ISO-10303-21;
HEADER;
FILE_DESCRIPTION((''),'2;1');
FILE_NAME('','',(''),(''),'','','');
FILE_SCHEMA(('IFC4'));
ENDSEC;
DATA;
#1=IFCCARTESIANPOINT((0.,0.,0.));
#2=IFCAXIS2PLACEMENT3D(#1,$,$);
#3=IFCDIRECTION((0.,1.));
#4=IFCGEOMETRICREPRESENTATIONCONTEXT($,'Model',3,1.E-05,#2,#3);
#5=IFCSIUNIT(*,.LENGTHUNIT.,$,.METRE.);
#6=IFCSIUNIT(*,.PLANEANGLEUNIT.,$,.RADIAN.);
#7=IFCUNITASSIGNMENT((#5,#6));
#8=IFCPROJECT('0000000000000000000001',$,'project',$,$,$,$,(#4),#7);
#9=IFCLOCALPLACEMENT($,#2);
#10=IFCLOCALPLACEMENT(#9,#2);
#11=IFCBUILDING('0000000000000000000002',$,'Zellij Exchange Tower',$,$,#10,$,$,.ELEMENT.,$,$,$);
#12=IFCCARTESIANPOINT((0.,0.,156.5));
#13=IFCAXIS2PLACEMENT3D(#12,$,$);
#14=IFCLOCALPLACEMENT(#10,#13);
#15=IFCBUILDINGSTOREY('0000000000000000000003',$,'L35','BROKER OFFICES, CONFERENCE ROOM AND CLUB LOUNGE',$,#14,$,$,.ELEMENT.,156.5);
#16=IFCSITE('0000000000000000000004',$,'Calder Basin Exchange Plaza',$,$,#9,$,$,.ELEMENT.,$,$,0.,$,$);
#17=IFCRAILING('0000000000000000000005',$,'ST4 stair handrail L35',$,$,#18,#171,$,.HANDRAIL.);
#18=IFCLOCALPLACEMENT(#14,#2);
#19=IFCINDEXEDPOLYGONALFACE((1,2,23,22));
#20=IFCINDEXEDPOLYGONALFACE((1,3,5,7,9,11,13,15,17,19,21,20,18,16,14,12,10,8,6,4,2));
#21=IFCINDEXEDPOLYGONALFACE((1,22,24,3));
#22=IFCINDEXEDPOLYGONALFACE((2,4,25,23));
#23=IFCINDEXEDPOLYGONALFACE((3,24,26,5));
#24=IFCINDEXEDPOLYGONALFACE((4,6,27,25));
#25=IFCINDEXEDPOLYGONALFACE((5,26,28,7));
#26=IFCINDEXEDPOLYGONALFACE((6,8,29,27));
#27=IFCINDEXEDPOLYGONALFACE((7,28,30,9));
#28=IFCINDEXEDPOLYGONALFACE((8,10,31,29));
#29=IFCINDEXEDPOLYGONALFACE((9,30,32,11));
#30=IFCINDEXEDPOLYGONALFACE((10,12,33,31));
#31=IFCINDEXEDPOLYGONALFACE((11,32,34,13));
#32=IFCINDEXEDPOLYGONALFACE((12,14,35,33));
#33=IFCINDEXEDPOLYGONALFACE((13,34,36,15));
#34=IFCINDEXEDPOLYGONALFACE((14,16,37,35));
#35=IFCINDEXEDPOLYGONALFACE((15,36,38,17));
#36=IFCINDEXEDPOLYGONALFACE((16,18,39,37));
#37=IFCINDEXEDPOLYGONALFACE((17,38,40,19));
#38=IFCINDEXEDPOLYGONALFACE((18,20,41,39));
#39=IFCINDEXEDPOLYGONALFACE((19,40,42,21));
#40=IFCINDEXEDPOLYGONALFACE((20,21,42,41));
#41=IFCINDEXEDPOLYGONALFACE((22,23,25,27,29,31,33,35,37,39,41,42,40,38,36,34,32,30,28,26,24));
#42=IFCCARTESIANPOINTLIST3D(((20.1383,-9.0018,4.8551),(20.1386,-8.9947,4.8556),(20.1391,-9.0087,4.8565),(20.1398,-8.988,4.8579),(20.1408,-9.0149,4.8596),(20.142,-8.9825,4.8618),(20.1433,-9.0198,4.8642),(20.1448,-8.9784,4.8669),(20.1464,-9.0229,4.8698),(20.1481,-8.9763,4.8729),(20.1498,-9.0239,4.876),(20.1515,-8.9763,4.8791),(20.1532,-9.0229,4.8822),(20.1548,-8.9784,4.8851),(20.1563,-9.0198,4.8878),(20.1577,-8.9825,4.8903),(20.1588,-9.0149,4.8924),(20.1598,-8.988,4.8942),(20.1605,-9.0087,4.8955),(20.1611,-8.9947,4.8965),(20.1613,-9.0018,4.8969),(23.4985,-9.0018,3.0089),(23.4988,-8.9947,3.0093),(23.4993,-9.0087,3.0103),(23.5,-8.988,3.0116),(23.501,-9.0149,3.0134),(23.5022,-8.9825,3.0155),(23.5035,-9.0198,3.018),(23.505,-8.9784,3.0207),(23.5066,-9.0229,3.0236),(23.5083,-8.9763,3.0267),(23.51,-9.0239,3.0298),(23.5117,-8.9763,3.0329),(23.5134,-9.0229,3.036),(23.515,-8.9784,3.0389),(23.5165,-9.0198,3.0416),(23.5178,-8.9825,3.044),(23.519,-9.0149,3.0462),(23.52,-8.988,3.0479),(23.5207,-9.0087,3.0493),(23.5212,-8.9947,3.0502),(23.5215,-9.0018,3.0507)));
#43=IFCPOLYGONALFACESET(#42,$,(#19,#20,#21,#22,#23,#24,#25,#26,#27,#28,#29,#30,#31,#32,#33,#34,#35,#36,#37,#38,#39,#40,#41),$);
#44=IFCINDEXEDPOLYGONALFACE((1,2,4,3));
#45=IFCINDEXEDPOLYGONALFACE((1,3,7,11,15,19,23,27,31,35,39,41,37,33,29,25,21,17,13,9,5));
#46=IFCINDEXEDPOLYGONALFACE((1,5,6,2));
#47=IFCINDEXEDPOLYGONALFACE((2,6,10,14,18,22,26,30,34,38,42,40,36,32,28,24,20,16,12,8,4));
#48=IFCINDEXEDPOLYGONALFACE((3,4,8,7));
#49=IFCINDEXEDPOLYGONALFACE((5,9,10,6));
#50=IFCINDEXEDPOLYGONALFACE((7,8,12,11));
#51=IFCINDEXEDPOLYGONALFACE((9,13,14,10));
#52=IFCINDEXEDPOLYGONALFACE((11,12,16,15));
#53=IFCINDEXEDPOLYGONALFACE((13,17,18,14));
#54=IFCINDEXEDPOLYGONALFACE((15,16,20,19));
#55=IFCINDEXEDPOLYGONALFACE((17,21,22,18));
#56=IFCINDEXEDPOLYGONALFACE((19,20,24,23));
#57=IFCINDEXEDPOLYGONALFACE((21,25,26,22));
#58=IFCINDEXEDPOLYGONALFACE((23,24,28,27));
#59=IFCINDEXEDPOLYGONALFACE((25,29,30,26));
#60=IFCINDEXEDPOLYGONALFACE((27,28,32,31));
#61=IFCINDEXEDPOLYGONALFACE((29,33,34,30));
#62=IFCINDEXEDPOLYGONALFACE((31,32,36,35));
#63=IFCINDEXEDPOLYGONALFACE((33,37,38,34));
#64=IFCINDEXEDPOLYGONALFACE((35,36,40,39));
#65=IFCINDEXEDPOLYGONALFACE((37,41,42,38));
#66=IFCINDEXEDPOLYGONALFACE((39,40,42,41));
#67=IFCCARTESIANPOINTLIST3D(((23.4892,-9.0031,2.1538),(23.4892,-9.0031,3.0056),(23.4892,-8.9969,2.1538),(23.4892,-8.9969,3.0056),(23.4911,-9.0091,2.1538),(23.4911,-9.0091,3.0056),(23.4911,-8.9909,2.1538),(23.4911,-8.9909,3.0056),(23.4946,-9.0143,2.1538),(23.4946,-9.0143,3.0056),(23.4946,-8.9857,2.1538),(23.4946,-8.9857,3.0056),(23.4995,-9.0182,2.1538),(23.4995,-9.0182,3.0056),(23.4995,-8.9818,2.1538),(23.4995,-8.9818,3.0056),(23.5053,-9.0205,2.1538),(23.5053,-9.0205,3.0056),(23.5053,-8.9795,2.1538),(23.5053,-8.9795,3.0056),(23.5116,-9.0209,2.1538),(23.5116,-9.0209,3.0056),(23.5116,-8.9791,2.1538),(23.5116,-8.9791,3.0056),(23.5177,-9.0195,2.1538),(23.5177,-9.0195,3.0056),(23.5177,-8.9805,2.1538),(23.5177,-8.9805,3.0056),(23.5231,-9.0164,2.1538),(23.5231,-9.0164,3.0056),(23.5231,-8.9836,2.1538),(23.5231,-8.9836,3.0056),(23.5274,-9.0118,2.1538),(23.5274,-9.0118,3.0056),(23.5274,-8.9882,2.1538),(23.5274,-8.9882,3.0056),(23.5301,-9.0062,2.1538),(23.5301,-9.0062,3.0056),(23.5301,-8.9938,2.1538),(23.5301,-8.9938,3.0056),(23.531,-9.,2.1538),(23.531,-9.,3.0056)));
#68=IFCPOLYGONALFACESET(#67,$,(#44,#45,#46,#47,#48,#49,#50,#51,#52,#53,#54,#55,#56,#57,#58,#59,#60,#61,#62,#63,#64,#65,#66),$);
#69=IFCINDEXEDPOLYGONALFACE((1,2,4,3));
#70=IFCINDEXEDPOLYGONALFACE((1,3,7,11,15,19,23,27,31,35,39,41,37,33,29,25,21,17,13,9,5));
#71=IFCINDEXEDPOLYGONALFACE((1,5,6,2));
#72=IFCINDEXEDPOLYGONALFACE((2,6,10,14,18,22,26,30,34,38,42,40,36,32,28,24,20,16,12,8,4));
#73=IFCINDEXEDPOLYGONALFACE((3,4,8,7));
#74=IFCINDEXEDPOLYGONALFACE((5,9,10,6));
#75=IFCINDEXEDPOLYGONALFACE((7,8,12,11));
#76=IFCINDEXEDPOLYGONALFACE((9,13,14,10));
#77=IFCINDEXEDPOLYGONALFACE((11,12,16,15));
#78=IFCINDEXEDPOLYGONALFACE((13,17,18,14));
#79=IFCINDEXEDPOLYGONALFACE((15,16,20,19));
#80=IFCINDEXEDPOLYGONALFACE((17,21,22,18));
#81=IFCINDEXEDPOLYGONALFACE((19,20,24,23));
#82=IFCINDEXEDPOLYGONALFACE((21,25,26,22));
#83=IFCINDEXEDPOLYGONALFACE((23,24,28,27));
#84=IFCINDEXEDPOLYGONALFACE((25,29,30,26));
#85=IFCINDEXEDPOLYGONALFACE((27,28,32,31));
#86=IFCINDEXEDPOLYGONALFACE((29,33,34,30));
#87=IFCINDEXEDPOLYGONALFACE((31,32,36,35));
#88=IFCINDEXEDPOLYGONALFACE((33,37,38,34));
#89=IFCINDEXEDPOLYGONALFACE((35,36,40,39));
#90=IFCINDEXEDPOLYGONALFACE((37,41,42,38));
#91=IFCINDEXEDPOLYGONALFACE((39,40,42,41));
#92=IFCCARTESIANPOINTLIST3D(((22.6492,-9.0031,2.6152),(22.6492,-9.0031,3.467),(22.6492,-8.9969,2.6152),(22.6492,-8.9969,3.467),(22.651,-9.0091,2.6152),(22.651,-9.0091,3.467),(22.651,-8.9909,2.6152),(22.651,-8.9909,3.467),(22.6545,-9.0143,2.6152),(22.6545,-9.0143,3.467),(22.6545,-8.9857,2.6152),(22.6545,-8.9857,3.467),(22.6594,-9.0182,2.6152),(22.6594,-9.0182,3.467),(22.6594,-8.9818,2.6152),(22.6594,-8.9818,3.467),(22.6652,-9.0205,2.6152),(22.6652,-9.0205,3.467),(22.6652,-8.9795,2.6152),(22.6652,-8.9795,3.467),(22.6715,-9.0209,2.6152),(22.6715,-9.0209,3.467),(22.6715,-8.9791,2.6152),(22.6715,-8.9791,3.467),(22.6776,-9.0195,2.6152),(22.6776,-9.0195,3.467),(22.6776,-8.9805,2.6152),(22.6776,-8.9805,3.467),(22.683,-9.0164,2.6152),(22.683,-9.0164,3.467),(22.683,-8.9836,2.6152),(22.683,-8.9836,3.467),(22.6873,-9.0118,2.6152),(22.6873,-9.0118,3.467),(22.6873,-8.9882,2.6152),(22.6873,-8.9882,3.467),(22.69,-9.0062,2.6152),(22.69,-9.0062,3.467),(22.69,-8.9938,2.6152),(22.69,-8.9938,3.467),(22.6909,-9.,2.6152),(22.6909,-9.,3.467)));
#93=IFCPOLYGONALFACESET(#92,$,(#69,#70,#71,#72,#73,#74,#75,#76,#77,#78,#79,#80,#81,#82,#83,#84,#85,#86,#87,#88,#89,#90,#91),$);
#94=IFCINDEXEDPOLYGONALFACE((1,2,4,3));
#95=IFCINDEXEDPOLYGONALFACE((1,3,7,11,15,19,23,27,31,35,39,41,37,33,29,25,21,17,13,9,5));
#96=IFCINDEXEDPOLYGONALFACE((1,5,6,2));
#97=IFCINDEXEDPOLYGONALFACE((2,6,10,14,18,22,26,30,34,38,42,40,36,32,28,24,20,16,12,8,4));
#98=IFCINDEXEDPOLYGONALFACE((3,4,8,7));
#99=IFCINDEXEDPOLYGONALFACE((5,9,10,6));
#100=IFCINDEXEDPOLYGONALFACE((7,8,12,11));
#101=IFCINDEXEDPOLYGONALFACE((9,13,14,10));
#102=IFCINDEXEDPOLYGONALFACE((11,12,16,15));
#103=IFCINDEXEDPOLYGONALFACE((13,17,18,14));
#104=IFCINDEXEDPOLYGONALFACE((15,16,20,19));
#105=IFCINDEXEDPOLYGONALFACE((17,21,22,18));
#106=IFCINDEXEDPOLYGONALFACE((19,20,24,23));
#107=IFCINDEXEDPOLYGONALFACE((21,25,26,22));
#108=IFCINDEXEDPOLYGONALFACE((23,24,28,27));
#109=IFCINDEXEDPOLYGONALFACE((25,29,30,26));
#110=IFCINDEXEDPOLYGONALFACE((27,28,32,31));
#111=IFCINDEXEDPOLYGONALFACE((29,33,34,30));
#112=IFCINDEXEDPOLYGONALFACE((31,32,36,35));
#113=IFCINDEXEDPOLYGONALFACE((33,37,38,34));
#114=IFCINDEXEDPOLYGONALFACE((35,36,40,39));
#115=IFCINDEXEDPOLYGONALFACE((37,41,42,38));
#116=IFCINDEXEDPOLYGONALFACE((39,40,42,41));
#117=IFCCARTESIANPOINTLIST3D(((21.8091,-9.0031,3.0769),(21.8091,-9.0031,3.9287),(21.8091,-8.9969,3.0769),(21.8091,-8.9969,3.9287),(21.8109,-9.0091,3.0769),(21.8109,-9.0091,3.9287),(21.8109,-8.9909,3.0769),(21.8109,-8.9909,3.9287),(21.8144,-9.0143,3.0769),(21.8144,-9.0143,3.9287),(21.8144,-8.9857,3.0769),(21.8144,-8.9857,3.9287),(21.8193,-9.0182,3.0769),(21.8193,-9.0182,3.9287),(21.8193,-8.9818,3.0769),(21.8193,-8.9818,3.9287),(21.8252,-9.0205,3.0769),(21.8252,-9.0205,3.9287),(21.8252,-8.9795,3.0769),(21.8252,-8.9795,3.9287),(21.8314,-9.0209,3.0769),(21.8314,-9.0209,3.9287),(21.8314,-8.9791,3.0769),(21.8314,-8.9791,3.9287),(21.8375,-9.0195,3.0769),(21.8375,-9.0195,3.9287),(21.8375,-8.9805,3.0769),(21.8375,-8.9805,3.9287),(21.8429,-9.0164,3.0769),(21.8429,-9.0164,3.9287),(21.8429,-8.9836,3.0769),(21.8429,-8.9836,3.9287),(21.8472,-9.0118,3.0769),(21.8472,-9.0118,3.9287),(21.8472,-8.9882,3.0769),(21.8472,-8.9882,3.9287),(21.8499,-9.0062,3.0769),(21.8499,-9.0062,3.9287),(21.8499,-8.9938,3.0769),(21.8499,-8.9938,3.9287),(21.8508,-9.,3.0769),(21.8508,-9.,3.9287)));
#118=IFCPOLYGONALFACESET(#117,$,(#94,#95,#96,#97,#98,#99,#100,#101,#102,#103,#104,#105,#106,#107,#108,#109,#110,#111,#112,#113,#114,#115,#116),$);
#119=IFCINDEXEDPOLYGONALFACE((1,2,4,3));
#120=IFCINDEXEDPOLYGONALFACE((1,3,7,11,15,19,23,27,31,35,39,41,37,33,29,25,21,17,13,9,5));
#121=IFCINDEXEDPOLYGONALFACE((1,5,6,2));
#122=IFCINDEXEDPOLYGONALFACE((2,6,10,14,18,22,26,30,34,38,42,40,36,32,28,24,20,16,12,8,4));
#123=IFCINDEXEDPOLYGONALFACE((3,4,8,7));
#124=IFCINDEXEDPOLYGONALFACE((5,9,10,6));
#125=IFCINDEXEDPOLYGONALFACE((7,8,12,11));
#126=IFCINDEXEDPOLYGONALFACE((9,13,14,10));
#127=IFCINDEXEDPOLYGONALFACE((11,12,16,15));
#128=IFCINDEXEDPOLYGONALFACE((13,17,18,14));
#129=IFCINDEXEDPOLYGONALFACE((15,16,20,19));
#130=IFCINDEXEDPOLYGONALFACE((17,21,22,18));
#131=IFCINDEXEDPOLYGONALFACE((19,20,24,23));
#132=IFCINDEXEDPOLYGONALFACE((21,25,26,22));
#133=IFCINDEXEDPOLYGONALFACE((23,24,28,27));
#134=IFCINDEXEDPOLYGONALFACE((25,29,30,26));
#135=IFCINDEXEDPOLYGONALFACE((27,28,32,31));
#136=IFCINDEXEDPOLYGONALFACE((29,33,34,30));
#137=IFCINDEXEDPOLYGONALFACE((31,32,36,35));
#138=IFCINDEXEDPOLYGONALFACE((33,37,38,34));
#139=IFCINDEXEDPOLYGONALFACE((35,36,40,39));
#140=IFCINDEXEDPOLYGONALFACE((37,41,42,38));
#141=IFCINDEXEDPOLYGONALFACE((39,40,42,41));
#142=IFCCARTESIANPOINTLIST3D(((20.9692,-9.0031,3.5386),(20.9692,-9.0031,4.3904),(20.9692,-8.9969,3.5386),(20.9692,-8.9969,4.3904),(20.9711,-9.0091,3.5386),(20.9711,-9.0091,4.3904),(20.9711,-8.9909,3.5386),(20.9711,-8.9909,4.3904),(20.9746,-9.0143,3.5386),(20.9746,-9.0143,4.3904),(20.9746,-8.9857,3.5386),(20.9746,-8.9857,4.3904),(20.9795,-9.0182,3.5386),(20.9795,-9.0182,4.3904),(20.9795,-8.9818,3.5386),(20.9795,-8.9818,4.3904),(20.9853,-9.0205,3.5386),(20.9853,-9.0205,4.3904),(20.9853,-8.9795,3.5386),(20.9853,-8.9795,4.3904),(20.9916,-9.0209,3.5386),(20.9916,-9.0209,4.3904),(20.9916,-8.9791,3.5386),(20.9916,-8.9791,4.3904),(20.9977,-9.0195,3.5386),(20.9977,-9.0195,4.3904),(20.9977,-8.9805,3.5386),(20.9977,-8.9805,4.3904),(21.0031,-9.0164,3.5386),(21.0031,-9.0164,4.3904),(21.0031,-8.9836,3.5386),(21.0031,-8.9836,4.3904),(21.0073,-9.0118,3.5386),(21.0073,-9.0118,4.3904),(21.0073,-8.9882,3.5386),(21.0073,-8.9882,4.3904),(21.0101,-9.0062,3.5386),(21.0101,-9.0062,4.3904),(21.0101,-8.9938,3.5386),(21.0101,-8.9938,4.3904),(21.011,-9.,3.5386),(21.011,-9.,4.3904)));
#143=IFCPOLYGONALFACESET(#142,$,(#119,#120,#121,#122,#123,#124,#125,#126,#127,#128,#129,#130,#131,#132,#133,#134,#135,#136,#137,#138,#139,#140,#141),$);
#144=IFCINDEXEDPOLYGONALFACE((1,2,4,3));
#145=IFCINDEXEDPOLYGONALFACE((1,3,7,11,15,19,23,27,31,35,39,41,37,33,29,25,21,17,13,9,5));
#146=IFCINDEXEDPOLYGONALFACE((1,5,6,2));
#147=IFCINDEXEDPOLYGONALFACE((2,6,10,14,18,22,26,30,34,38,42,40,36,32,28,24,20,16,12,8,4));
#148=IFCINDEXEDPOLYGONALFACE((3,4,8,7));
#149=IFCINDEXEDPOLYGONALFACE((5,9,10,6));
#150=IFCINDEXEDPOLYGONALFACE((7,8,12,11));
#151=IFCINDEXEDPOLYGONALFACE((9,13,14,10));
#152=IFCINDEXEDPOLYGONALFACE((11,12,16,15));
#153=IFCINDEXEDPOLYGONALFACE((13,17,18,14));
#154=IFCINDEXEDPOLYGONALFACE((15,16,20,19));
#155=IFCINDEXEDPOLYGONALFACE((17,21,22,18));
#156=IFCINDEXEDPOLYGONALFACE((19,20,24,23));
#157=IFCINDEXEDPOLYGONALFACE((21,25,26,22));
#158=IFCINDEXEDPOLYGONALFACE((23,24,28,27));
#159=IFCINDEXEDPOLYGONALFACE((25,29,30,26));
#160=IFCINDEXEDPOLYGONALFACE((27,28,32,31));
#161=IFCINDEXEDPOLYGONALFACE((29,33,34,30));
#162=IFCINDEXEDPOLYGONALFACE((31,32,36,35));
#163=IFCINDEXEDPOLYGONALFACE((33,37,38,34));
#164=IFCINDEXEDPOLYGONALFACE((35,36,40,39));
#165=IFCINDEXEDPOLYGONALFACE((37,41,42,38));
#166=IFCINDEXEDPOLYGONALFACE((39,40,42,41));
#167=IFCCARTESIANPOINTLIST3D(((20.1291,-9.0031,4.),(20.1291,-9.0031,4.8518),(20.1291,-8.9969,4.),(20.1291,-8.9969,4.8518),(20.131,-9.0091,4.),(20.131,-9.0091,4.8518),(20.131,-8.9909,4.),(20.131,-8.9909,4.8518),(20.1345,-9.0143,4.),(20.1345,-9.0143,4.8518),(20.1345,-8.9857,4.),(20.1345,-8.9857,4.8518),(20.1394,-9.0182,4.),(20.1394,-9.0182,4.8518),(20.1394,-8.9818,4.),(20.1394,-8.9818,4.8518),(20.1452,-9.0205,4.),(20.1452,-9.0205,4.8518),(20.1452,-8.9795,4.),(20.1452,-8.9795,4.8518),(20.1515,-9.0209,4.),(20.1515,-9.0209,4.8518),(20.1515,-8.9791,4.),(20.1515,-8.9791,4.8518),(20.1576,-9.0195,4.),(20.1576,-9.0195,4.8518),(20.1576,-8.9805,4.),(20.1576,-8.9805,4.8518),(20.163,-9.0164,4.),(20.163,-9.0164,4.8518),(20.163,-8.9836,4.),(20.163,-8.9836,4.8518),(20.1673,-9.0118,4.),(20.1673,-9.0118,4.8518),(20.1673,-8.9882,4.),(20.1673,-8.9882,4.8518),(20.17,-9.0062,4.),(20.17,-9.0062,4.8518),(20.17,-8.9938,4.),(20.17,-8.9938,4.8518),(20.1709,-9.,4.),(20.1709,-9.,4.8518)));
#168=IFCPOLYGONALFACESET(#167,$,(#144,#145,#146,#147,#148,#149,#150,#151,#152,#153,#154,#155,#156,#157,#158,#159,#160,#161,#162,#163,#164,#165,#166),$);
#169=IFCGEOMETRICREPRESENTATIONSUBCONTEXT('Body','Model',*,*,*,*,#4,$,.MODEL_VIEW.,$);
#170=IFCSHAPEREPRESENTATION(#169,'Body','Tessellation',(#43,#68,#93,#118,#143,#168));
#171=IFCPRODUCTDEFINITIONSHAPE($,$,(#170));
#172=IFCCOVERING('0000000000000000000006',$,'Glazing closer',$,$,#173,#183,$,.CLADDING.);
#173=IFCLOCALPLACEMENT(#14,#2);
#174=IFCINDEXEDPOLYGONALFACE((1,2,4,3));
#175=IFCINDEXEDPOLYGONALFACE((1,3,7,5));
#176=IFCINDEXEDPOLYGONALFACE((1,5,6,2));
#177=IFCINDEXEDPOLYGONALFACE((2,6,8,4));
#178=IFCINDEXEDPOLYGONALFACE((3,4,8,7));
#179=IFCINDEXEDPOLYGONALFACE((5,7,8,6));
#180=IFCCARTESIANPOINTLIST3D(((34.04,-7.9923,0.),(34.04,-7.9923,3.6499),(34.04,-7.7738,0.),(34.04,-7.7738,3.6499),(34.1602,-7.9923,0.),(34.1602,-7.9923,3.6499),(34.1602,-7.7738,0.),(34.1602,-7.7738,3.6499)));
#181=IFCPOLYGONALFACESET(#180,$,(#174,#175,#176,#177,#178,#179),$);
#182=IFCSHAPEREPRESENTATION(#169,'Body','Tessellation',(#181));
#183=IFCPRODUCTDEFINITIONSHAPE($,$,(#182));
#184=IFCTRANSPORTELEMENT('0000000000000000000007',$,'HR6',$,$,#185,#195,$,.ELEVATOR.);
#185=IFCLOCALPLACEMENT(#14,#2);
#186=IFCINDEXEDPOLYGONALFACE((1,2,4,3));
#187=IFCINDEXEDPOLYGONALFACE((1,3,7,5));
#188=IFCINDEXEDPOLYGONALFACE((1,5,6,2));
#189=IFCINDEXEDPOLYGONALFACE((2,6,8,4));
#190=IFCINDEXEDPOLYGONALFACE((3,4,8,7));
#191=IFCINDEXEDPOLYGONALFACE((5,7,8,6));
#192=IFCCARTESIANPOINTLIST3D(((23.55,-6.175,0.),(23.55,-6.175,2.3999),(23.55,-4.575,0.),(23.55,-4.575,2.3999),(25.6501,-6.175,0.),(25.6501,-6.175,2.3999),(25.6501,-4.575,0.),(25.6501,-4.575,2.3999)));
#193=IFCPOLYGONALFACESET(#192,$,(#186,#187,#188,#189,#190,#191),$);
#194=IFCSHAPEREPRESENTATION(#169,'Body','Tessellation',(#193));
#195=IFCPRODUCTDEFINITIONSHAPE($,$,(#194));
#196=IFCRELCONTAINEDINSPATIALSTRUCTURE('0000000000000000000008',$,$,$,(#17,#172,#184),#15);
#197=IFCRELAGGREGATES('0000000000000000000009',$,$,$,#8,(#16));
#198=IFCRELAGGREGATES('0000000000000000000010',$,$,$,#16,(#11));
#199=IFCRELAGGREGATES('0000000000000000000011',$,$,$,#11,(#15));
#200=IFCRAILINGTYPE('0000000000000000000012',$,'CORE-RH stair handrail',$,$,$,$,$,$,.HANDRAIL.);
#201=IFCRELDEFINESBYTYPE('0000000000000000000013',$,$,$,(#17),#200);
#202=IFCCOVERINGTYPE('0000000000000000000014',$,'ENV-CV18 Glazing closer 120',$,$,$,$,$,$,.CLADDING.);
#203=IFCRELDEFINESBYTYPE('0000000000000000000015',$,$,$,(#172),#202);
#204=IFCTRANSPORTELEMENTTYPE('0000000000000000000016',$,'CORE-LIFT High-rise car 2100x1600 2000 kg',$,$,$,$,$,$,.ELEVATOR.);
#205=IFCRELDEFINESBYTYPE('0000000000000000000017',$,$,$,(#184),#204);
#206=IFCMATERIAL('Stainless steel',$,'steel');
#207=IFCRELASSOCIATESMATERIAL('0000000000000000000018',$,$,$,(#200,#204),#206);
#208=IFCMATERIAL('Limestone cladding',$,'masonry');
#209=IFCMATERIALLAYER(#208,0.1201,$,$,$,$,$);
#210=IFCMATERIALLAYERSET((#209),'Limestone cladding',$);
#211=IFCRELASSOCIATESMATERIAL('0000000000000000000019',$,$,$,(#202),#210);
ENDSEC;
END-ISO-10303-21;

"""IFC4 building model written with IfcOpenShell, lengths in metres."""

from ifc_helpers import new_model, si_unit, direction, frame, origin, origin_2d, place, context, subcontext, project, spatial, rectangle, circle, extrude, material, layer, layer_set, type_object, element, save


model = new_model("IFC4")

# Units and contexts
model_context = context("Model", 3, precision=1e-05, world=origin(), true_north=direction((0.0, 1.0)))
body_context = subcontext(model_context, "Body", "Model", "MODEL_VIEW")
ifc_project = project(units=[si_unit("LENGTHUNIT", "METRE"), si_unit("PLANEANGLEUNIT", "RADIAN")], contexts=[model_context])

# Site, building, storey
site_placement = place(None, origin())
site = spatial("IfcSite", under=ifc_project, at=site_placement, Name="Calder Basin Exchange Plaza", CompositionType="ELEMENT", RefElevation=0.0)
building_placement = place(site_placement, origin())
building = spatial("IfcBuilding", under=site, at=building_placement, Name="Zellij Exchange Tower", CompositionType="ELEMENT")
storey_placement = place(building_placement, frame((0.0, 0.0, 156.5)))
storey = spatial("IfcBuildingStorey", under=building, at=storey_placement, Name="L35", Description="BROKER OFFICES, CONFERENCE ROOM AND CLUB LOUNGE", CompositionType="ELEMENT", Elevation=156.5)

# Railing
ifc_material_1 = material(Name="Stainless steel", Category="steel")
railing_type = type_object("IfcRailingType", Name="CORE-RH stair handrail", PredefinedType="HANDRAIL", material=ifc_material_1)
railing_placement = place(storey_placement, frame((23.51, -9.0, 2.1538)))
element("IfcRailing", 1, at=railing_placement, inside=storey, type_object=railing_type, Name="ST4 stair handrail L35", PredefinedType="HANDRAIL", context=body_context, shape_type="SweptSolid", body=[
    extrude(circle(Radius=0.0239, at=origin_2d()), frame((0.0, 0.0, 0.876), z_axis=(-0.876422, 0.0, 0.481545), x_axis=(0.0, -1.0, 0.0)), (0.0, 0.0, 1.0), 3.834),
    extrude(circle(Radius=0.021, at=origin_2d()), origin(), (0.0, 0.0, 1.0), 0.8518),
    extrude(circle(Radius=0.021, at=origin_2d()), frame((-0.8401, 0.0, 0.4614)), (0.0, 0.0, 1.0), 0.8518),
    extrude(circle(Radius=0.021, at=origin_2d()), frame((-1.6802, 0.0, 0.9231)), (0.0, 0.0, 1.0), 0.8518),
    extrude(circle(Radius=0.021, at=origin_2d()), frame((-2.52, 0.0, 1.3848)), (0.0, 0.0, 1.0), 0.8518),
    extrude(circle(Radius=0.021, at=origin_2d()), frame((-3.3601, 0.0, 1.8462)), (0.0, 0.0, 1.0), 0.8518),
])

# Covering
ifc_material_2 = material(Name="Limestone cladding", Category="masonry")
ifc_layer_1 = layer(ifc_material_2, 0.1201)
ifc_layer_set_1 = layer_set([ifc_layer_1], Name="Limestone cladding")
covering_type = type_object("IfcCoveringType", Name="ENV-CV18 Glazing closer 120", PredefinedType="CLADDING", material=ifc_layer_set_1)
covering_placement = place(storey_placement, frame((34.1001, -7.8831, 0.0), z_axis=(0.0, 0.0, 1.0), x_axis=(0.0, -1.0, 0.0)))
element("IfcCovering", 2, at=covering_placement, inside=storey, type_object=covering_type, Name="Glazing closer", PredefinedType="CLADDING", context=body_context, shape_type="SweptSolid", body=[
    extrude(rectangle(XDim=0.2185, YDim=0.1201, at=origin_2d()), origin(), (0.0, 0.0, 1.0), 3.6499),
])

# Transport element
transport_element_type = type_object("IfcTransportElementType", Name="CORE-LIFT High-rise car 2100x1600 2000 kg", PredefinedType="ELEVATOR", material=ifc_material_1)
transport_element_placement = place(storey_placement, frame((24.6001, -5.375, 0.0), z_axis=(0.0, 0.0, 1.0), x_axis=(1.0, 0.0, 0.0)))
element("IfcTransportElement", 3, at=transport_element_placement, inside=storey, type_object=transport_element_type, Name="HR6", PredefinedType="ELEVATOR", context=body_context, shape_type="SweptSolid", body=[
    extrude(rectangle(XDim=2.1001, YDim=1.6001, at=origin_2d()), origin(), (0.0, 0.0, 1.0), 2.3999),
])

save(model, "model.ifc")
